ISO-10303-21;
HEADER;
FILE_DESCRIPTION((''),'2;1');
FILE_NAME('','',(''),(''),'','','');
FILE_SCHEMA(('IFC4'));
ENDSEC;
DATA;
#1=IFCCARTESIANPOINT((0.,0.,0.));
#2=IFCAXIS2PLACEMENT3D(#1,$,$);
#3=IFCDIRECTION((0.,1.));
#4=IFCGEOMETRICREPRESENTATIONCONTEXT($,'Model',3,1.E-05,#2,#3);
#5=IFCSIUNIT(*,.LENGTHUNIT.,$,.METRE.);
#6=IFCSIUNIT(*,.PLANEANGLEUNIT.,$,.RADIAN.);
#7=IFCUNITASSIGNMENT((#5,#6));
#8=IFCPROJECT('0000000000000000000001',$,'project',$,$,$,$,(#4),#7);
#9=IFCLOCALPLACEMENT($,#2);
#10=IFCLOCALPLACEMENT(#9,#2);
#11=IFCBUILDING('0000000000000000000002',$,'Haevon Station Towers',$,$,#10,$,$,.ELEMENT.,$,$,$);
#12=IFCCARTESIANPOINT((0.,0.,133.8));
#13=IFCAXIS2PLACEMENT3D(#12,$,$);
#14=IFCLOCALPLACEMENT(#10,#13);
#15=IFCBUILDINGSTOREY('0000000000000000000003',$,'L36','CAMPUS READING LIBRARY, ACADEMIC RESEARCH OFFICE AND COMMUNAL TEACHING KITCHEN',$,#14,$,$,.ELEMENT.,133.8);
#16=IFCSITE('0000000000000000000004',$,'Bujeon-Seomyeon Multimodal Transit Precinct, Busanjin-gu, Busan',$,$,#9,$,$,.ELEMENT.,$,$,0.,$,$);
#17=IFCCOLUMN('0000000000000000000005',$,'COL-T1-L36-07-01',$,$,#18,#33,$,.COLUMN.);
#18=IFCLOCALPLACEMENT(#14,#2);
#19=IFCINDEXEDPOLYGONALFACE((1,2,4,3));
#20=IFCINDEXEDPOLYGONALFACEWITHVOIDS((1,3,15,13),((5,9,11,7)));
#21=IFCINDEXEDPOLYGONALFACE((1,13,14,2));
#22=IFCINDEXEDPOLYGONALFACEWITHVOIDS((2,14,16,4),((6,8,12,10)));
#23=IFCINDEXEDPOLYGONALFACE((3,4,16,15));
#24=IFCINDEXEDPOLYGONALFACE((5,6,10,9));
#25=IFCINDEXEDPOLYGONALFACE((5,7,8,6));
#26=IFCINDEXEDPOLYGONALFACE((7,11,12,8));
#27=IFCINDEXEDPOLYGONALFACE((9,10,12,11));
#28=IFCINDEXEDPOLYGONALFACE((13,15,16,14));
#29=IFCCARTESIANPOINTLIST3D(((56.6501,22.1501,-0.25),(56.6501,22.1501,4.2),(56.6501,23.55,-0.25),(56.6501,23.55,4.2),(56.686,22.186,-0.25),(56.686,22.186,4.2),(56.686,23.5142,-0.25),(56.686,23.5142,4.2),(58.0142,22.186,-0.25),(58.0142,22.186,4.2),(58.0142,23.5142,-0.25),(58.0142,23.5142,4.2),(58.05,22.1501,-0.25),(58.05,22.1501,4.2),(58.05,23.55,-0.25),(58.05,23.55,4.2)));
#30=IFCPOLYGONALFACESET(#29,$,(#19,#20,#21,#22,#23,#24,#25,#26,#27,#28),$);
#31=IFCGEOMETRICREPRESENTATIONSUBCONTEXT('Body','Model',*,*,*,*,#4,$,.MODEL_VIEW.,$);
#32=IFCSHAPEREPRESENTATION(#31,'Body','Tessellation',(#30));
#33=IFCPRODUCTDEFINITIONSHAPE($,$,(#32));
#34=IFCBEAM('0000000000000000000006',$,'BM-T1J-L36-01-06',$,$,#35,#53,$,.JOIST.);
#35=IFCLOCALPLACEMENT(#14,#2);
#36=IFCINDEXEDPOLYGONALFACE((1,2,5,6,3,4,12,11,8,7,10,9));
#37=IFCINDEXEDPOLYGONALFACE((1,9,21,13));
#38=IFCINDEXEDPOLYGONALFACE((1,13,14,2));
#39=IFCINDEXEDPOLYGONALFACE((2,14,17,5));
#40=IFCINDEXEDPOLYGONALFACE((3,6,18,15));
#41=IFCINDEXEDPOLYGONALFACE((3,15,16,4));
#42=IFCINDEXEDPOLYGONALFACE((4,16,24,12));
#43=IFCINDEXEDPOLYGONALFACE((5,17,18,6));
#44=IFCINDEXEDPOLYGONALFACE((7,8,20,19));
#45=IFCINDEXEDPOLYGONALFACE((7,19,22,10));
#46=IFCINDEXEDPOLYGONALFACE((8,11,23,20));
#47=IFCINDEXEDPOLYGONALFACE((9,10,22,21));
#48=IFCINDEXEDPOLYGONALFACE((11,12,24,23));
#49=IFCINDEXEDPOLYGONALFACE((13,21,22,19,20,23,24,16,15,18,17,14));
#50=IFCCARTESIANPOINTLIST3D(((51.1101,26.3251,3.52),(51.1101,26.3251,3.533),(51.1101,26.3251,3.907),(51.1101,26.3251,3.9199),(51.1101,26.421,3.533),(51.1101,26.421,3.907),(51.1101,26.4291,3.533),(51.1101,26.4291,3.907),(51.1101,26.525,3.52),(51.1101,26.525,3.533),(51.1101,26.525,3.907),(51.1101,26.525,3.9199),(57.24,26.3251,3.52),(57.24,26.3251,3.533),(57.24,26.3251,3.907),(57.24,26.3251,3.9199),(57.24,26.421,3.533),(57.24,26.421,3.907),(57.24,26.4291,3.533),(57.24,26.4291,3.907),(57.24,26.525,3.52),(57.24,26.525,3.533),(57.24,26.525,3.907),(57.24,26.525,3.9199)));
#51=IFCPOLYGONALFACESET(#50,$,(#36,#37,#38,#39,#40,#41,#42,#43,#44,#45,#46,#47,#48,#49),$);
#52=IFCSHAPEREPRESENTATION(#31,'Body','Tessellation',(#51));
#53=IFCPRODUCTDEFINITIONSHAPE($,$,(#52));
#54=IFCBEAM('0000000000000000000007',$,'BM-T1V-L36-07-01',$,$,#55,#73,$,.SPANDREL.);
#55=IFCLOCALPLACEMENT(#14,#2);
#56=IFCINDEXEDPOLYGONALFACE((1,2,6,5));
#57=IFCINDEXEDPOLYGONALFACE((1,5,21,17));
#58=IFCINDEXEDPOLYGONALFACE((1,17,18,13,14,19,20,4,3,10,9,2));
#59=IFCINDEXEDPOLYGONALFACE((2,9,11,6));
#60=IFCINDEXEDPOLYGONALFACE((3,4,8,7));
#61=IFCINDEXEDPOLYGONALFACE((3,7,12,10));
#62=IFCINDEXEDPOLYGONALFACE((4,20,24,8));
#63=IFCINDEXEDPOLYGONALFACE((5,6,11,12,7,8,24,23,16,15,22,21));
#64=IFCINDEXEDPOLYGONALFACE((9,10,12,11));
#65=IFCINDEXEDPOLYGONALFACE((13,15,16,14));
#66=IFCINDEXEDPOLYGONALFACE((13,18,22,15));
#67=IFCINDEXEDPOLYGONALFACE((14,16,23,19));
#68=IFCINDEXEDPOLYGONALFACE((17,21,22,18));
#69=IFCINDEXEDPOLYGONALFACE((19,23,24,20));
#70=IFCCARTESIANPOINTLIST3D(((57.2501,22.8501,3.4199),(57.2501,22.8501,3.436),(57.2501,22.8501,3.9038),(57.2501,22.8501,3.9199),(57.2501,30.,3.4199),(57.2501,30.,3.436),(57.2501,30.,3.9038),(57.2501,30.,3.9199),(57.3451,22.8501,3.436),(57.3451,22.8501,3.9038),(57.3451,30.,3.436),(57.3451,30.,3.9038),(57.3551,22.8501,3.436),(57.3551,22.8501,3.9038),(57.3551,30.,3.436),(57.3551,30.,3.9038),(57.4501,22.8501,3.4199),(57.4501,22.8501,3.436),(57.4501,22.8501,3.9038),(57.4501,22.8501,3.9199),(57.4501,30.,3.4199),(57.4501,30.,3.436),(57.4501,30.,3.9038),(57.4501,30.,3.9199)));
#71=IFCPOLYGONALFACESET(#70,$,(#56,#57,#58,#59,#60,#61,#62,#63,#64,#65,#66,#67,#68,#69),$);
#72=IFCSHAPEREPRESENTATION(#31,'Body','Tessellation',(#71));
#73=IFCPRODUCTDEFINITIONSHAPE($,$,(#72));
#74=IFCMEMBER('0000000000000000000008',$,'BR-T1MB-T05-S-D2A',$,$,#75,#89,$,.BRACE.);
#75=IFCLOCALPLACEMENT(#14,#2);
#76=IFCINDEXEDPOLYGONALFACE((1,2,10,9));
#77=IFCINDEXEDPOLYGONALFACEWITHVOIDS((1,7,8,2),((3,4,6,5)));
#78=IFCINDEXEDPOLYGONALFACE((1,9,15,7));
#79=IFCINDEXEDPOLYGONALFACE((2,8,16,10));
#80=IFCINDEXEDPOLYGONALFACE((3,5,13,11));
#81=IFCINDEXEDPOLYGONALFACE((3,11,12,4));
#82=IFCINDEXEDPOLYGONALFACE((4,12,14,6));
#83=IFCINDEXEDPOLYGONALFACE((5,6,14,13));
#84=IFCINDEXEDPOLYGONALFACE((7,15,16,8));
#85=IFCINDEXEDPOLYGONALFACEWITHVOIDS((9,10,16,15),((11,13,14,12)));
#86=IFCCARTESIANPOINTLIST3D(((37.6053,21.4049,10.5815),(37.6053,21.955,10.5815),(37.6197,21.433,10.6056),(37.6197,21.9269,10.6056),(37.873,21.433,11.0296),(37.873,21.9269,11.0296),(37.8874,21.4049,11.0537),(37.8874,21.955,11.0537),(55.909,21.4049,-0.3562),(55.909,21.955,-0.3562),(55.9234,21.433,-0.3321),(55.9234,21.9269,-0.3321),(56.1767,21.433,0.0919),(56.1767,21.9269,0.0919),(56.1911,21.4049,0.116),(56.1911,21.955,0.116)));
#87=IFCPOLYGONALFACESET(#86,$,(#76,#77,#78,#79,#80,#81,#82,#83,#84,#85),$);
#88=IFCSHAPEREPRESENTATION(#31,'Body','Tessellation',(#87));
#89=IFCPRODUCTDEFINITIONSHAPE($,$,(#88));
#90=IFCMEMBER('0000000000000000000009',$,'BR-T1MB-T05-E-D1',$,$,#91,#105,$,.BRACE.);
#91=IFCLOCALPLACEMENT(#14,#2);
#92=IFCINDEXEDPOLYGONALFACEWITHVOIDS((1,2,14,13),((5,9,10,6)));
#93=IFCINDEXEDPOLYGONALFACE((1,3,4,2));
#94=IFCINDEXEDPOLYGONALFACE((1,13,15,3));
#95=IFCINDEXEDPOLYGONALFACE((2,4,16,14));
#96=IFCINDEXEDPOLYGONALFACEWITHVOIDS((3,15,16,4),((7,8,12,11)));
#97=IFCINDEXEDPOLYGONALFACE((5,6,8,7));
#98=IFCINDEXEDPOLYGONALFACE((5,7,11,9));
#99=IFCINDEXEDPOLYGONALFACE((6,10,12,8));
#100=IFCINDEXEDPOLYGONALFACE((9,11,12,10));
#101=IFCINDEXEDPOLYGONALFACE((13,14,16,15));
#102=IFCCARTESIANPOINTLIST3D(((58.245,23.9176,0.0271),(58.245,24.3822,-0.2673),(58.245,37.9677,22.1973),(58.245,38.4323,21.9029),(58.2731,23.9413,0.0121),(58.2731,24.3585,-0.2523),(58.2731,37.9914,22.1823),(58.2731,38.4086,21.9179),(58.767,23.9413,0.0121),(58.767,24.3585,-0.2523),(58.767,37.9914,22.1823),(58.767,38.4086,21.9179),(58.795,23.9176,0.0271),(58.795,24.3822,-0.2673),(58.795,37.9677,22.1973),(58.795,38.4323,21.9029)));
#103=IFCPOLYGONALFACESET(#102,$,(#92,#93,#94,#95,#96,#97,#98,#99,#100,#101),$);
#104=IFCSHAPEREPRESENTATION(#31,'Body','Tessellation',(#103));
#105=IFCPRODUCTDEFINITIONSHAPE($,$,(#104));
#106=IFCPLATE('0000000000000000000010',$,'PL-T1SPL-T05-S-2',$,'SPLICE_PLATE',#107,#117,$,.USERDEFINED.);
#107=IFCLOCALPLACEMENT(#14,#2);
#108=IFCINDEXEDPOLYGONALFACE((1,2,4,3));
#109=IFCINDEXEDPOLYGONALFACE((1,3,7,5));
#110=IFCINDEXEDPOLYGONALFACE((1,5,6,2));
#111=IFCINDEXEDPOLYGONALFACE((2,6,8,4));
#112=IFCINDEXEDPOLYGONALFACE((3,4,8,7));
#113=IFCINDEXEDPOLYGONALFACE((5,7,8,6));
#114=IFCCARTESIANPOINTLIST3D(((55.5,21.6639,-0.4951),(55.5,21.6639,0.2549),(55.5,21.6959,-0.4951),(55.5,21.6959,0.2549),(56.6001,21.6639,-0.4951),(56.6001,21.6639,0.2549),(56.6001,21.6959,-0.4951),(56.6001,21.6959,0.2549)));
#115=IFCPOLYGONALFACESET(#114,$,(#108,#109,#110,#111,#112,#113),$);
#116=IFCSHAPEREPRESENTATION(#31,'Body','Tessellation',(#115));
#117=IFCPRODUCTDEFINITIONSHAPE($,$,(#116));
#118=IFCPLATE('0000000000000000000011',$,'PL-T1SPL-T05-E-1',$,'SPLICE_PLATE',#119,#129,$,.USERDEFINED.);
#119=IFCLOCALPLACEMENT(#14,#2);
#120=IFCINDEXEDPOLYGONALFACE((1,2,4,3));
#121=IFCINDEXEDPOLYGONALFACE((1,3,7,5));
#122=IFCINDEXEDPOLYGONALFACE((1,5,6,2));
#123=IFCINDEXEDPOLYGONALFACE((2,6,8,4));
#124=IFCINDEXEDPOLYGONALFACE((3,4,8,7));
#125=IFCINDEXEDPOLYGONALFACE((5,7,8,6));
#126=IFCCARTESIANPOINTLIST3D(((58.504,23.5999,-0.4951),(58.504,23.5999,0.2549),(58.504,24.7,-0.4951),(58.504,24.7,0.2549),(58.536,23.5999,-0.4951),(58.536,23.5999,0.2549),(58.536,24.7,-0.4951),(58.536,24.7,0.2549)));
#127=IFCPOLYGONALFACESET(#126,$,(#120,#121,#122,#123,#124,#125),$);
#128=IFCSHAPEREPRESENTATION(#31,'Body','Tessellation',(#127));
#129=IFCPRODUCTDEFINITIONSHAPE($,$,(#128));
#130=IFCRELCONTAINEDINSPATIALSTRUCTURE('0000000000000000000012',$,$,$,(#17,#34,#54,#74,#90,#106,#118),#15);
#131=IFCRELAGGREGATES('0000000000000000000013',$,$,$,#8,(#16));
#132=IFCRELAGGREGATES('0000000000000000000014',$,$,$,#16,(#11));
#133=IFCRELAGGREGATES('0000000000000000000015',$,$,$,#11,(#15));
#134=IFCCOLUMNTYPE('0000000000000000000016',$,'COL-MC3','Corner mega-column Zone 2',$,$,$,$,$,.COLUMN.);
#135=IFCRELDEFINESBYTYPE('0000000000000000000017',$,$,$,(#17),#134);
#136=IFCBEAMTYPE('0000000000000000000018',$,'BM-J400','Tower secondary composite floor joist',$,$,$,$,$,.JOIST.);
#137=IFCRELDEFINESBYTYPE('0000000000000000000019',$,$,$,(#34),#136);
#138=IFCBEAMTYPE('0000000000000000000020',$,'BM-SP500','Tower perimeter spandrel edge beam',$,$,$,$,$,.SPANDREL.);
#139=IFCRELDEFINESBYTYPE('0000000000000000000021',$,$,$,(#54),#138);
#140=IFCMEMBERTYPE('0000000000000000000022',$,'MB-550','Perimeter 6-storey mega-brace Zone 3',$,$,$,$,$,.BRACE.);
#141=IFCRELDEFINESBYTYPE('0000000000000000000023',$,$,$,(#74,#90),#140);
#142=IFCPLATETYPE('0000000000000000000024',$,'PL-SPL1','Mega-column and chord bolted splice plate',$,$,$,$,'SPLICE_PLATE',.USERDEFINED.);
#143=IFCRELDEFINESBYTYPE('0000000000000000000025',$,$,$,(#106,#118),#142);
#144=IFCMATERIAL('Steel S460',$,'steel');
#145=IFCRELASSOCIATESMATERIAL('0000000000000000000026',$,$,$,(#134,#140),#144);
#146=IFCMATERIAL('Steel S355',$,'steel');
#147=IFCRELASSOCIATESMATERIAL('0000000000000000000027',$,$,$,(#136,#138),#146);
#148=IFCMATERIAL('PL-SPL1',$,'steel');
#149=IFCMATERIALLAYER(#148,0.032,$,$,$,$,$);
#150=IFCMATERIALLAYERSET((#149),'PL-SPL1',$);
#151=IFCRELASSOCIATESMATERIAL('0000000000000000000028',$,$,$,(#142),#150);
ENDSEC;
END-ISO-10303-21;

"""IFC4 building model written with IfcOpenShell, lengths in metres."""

from ifc_helpers import new_model, si_unit, direction, frame, origin, origin_2d, place, context, subcontext, project, spatial, rectangle, hollow_rectangle, i_section, extrude, material, layer, layer_set, material_profile, profile_set, type_object, element, save


model = new_model("IFC4")

# Units and contexts
model_context = context("Model", 3, precision=1e-05, world=origin(), true_north=direction((0.0, 1.0)))
body_context = subcontext(model_context, "Body", "Model", "MODEL_VIEW")
ifc_project = project(units=[si_unit("LENGTHUNIT", "METRE"), si_unit("PLANEANGLEUNIT", "RADIAN")], contexts=[model_context])

# Site, building, storey
site_placement = place(None, origin())
site = spatial("IfcSite", under=ifc_project, at=site_placement, Name="Bujeon-Seomyeon Multimodal Transit Precinct, Busanjin-gu, Busan", CompositionType="ELEMENT", RefElevation=0.0)
building_placement = place(site_placement, origin())
building = spatial("IfcBuilding", under=site, at=building_placement, Name="Haevon Station Towers", CompositionType="ELEMENT")
storey_placement = place(building_placement, frame((0.0, 0.0, 133.8)))
storey = spatial("IfcBuildingStorey", under=building, at=storey_placement, Name="L36", Description="CAMPUS READING LIBRARY, ACADEMIC RESEARCH OFFICE AND COMMUNAL TEACHING KITCHEN", CompositionType="ELEMENT", Elevation=133.8)

# Column
ifc_material_1 = material(Name="Steel S460", Category="steel")
ifc_material_profile_1 = material_profile(ifc_material_1, hollow_rectangle(XDim=1.3999, YDim=1.3999, WallThickness=0.0359, at=origin_2d()), Name="BOX-1400x1400x36")
ifc_profile_set_1 = profile_set([ifc_material_profile_1], Name="Steel S460")
column_type = type_object("IfcColumnType", Name="COL-MC3", Description="Corner mega-column Zone 2", PredefinedType="COLUMN", material=ifc_profile_set_1)
column_placement = place(storey_placement, frame((57.3501, 22.8501, -0.25), z_axis=(0.0, 0.0, 1.0), x_axis=(1.0, 0.0, 0.0)))
element("IfcColumn", 1, at=column_placement, inside=storey, type_object=column_type, Name="COL-T1-L36-07-01", PredefinedType="COLUMN", context=body_context, shape_type="SweptSolid", body=[
    extrude(hollow_rectangle(XDim=1.3999, YDim=1.3999, WallThickness=0.0359, at=origin_2d()), origin(), (0.0, 0.0, 1.0), 4.45),
])

# Beams
ifc_material_2 = material(Name="Steel S355", Category="steel")
ifc_material_profile_2 = material_profile(ifc_material_2, i_section(OverallWidth=0.2, OverallDepth=0.3999, WebThickness=0.0081, FlangeThickness=0.0129, at=origin_2d()), Name="H-400x200x8x13")
ifc_profile_set_2 = profile_set([ifc_material_profile_2], Name="Steel S355")
beam_type_1 = type_object("IfcBeamType", Name="BM-J400", Description="Tower secondary composite floor joist", PredefinedType="JOIST", material=ifc_profile_set_2)
beam_1_placement = place(storey_placement, frame((51.1101, 26.425, 3.72), z_axis=(1.0, 0.0, 0.0), x_axis=(0.0, 1.0, 0.0)))
element("IfcBeam", 2, at=beam_1_placement, inside=storey, type_object=beam_type_1, Name="BM-T1J-L36-01-06", PredefinedType="JOIST", context=body_context, shape_type="SweptSolid", body=[
    extrude(i_section(OverallWidth=0.2, OverallDepth=0.3999, WebThickness=0.0081, FlangeThickness=0.0129, at=origin_2d()), origin(), (0.0, 0.0, 1.0), 6.1299),
])
ifc_material_profile_3 = material_profile(ifc_material_2, i_section(OverallWidth=0.2, OverallDepth=0.5, WebThickness=0.01, FlangeThickness=0.0161, at=origin_2d()), Name="H-500x200x10x16")
ifc_profile_set_3 = profile_set([ifc_material_profile_3], Name="Steel S355")
beam_type_2 = type_object("IfcBeamType", Name="BM-SP500", Description="Tower perimeter spandrel edge beam", PredefinedType="SPANDREL", material=ifc_profile_set_3)
beam_2_placement = place(storey_placement, frame((57.3501, 22.8501, 3.6699), z_axis=(0.0, 1.0, 0.0), x_axis=(-1.0, 0.0, 0.0)))
element("IfcBeam", 3, at=beam_2_placement, inside=storey, type_object=beam_type_2, Name="BM-T1V-L36-07-01", PredefinedType="SPANDREL", context=body_context, shape_type="SweptSolid", body=[
    extrude(i_section(OverallWidth=0.2, OverallDepth=0.5, WebThickness=0.01, FlangeThickness=0.0161, at=origin_2d()), origin(), (0.0, 0.0, 1.0), 7.1499),
])

# Members
ifc_material_profile_4 = material_profile(ifc_material_1, hollow_rectangle(XDim=0.55, YDim=0.55, WallThickness=0.0281, at=origin_2d()), Name="RHS-550x550x28")
ifc_profile_set_4 = profile_set([ifc_material_profile_4], Name="Steel S460")
member_type = type_object("IfcMemberType", Name="MB-550", Description="Perimeter 6-storey mega-brace Zone 3", PredefinedType="BRACE", material=ifc_profile_set_4)
member_1_placement = place(storey_placement, frame((56.05, 21.6799, -0.1201), z_axis=(-0.858412, 0.0, 0.512961), x_axis=(0.0, -1.0, 0.0)))
element("IfcMember", 4, at=member_1_placement, inside=storey, type_object=member_type, Name="BR-T1MB-T05-S-D2A", PredefinedType="BRACE", context=body_context, shape_type="SweptSolid", body=[
    extrude(hollow_rectangle(XDim=0.55, YDim=0.55, WallThickness=0.0281, at=origin_2d()), origin(), (0.0, 0.0, 1.0), 21.3228),
])
member_2_placement = place(storey_placement, frame((58.52, 24.1499, -0.1201), z_axis=(0.0, 0.535295, 0.844665), x_axis=(-1.0, 0.0, 0.0)))
element("IfcMember", 5, at=member_2_placement, inside=storey, type_object=member_type, Name="BR-T1MB-T05-E-D1", PredefinedType="BRACE", context=body_context, shape_type="SweptSolid", body=[
    extrude(hollow_rectangle(XDim=0.55, YDim=0.55, WallThickness=0.0281, at=origin_2d()), origin(), (0.0, 0.0, 1.0), 26.2473),
])

# Plates
ifc_material_3 = material(Name="PL-SPL1", Category="steel")
ifc_layer_1 = layer(ifc_material_3, 0.032)
ifc_layer_set_1 = layer_set([ifc_layer_1], Name="PL-SPL1")
plate_type = type_object("IfcPlateType", Name="PL-SPL1", Description="Mega-column and chord bolted splice plate", ElementType="SPLICE_PLATE", PredefinedType="USERDEFINED", material=ifc_layer_set_1)
for number, where, z_axis, x_axis, name in (
    (6, (56.05, 21.6799, -0.4951), (0.0, 0.0, 1.0), (1.0, 0.0, 0.0), "PL-T1SPL-T05-S-2"),
    (7, (58.52, 24.1499, -0.4951), (0.0, 0.0, 1.0), (0.0, 1.0, 0.0), "PL-T1SPL-T05-E-1"),
):
    element("IfcPlate", number, at=place(storey_placement, frame(where, z_axis=z_axis, x_axis=x_axis)), inside=storey, type_object=plate_type, Name=name, ObjectType="SPLICE_PLATE", PredefinedType="USERDEFINED", context=body_context, shape_type="SweptSolid", body=[
        extrude(rectangle(XDim=1.1001, YDim=0.032, at=origin_2d()), origin(), (0.0, 0.0, 1.0), 0.75),
    ])

save(model, "model.ifc")
